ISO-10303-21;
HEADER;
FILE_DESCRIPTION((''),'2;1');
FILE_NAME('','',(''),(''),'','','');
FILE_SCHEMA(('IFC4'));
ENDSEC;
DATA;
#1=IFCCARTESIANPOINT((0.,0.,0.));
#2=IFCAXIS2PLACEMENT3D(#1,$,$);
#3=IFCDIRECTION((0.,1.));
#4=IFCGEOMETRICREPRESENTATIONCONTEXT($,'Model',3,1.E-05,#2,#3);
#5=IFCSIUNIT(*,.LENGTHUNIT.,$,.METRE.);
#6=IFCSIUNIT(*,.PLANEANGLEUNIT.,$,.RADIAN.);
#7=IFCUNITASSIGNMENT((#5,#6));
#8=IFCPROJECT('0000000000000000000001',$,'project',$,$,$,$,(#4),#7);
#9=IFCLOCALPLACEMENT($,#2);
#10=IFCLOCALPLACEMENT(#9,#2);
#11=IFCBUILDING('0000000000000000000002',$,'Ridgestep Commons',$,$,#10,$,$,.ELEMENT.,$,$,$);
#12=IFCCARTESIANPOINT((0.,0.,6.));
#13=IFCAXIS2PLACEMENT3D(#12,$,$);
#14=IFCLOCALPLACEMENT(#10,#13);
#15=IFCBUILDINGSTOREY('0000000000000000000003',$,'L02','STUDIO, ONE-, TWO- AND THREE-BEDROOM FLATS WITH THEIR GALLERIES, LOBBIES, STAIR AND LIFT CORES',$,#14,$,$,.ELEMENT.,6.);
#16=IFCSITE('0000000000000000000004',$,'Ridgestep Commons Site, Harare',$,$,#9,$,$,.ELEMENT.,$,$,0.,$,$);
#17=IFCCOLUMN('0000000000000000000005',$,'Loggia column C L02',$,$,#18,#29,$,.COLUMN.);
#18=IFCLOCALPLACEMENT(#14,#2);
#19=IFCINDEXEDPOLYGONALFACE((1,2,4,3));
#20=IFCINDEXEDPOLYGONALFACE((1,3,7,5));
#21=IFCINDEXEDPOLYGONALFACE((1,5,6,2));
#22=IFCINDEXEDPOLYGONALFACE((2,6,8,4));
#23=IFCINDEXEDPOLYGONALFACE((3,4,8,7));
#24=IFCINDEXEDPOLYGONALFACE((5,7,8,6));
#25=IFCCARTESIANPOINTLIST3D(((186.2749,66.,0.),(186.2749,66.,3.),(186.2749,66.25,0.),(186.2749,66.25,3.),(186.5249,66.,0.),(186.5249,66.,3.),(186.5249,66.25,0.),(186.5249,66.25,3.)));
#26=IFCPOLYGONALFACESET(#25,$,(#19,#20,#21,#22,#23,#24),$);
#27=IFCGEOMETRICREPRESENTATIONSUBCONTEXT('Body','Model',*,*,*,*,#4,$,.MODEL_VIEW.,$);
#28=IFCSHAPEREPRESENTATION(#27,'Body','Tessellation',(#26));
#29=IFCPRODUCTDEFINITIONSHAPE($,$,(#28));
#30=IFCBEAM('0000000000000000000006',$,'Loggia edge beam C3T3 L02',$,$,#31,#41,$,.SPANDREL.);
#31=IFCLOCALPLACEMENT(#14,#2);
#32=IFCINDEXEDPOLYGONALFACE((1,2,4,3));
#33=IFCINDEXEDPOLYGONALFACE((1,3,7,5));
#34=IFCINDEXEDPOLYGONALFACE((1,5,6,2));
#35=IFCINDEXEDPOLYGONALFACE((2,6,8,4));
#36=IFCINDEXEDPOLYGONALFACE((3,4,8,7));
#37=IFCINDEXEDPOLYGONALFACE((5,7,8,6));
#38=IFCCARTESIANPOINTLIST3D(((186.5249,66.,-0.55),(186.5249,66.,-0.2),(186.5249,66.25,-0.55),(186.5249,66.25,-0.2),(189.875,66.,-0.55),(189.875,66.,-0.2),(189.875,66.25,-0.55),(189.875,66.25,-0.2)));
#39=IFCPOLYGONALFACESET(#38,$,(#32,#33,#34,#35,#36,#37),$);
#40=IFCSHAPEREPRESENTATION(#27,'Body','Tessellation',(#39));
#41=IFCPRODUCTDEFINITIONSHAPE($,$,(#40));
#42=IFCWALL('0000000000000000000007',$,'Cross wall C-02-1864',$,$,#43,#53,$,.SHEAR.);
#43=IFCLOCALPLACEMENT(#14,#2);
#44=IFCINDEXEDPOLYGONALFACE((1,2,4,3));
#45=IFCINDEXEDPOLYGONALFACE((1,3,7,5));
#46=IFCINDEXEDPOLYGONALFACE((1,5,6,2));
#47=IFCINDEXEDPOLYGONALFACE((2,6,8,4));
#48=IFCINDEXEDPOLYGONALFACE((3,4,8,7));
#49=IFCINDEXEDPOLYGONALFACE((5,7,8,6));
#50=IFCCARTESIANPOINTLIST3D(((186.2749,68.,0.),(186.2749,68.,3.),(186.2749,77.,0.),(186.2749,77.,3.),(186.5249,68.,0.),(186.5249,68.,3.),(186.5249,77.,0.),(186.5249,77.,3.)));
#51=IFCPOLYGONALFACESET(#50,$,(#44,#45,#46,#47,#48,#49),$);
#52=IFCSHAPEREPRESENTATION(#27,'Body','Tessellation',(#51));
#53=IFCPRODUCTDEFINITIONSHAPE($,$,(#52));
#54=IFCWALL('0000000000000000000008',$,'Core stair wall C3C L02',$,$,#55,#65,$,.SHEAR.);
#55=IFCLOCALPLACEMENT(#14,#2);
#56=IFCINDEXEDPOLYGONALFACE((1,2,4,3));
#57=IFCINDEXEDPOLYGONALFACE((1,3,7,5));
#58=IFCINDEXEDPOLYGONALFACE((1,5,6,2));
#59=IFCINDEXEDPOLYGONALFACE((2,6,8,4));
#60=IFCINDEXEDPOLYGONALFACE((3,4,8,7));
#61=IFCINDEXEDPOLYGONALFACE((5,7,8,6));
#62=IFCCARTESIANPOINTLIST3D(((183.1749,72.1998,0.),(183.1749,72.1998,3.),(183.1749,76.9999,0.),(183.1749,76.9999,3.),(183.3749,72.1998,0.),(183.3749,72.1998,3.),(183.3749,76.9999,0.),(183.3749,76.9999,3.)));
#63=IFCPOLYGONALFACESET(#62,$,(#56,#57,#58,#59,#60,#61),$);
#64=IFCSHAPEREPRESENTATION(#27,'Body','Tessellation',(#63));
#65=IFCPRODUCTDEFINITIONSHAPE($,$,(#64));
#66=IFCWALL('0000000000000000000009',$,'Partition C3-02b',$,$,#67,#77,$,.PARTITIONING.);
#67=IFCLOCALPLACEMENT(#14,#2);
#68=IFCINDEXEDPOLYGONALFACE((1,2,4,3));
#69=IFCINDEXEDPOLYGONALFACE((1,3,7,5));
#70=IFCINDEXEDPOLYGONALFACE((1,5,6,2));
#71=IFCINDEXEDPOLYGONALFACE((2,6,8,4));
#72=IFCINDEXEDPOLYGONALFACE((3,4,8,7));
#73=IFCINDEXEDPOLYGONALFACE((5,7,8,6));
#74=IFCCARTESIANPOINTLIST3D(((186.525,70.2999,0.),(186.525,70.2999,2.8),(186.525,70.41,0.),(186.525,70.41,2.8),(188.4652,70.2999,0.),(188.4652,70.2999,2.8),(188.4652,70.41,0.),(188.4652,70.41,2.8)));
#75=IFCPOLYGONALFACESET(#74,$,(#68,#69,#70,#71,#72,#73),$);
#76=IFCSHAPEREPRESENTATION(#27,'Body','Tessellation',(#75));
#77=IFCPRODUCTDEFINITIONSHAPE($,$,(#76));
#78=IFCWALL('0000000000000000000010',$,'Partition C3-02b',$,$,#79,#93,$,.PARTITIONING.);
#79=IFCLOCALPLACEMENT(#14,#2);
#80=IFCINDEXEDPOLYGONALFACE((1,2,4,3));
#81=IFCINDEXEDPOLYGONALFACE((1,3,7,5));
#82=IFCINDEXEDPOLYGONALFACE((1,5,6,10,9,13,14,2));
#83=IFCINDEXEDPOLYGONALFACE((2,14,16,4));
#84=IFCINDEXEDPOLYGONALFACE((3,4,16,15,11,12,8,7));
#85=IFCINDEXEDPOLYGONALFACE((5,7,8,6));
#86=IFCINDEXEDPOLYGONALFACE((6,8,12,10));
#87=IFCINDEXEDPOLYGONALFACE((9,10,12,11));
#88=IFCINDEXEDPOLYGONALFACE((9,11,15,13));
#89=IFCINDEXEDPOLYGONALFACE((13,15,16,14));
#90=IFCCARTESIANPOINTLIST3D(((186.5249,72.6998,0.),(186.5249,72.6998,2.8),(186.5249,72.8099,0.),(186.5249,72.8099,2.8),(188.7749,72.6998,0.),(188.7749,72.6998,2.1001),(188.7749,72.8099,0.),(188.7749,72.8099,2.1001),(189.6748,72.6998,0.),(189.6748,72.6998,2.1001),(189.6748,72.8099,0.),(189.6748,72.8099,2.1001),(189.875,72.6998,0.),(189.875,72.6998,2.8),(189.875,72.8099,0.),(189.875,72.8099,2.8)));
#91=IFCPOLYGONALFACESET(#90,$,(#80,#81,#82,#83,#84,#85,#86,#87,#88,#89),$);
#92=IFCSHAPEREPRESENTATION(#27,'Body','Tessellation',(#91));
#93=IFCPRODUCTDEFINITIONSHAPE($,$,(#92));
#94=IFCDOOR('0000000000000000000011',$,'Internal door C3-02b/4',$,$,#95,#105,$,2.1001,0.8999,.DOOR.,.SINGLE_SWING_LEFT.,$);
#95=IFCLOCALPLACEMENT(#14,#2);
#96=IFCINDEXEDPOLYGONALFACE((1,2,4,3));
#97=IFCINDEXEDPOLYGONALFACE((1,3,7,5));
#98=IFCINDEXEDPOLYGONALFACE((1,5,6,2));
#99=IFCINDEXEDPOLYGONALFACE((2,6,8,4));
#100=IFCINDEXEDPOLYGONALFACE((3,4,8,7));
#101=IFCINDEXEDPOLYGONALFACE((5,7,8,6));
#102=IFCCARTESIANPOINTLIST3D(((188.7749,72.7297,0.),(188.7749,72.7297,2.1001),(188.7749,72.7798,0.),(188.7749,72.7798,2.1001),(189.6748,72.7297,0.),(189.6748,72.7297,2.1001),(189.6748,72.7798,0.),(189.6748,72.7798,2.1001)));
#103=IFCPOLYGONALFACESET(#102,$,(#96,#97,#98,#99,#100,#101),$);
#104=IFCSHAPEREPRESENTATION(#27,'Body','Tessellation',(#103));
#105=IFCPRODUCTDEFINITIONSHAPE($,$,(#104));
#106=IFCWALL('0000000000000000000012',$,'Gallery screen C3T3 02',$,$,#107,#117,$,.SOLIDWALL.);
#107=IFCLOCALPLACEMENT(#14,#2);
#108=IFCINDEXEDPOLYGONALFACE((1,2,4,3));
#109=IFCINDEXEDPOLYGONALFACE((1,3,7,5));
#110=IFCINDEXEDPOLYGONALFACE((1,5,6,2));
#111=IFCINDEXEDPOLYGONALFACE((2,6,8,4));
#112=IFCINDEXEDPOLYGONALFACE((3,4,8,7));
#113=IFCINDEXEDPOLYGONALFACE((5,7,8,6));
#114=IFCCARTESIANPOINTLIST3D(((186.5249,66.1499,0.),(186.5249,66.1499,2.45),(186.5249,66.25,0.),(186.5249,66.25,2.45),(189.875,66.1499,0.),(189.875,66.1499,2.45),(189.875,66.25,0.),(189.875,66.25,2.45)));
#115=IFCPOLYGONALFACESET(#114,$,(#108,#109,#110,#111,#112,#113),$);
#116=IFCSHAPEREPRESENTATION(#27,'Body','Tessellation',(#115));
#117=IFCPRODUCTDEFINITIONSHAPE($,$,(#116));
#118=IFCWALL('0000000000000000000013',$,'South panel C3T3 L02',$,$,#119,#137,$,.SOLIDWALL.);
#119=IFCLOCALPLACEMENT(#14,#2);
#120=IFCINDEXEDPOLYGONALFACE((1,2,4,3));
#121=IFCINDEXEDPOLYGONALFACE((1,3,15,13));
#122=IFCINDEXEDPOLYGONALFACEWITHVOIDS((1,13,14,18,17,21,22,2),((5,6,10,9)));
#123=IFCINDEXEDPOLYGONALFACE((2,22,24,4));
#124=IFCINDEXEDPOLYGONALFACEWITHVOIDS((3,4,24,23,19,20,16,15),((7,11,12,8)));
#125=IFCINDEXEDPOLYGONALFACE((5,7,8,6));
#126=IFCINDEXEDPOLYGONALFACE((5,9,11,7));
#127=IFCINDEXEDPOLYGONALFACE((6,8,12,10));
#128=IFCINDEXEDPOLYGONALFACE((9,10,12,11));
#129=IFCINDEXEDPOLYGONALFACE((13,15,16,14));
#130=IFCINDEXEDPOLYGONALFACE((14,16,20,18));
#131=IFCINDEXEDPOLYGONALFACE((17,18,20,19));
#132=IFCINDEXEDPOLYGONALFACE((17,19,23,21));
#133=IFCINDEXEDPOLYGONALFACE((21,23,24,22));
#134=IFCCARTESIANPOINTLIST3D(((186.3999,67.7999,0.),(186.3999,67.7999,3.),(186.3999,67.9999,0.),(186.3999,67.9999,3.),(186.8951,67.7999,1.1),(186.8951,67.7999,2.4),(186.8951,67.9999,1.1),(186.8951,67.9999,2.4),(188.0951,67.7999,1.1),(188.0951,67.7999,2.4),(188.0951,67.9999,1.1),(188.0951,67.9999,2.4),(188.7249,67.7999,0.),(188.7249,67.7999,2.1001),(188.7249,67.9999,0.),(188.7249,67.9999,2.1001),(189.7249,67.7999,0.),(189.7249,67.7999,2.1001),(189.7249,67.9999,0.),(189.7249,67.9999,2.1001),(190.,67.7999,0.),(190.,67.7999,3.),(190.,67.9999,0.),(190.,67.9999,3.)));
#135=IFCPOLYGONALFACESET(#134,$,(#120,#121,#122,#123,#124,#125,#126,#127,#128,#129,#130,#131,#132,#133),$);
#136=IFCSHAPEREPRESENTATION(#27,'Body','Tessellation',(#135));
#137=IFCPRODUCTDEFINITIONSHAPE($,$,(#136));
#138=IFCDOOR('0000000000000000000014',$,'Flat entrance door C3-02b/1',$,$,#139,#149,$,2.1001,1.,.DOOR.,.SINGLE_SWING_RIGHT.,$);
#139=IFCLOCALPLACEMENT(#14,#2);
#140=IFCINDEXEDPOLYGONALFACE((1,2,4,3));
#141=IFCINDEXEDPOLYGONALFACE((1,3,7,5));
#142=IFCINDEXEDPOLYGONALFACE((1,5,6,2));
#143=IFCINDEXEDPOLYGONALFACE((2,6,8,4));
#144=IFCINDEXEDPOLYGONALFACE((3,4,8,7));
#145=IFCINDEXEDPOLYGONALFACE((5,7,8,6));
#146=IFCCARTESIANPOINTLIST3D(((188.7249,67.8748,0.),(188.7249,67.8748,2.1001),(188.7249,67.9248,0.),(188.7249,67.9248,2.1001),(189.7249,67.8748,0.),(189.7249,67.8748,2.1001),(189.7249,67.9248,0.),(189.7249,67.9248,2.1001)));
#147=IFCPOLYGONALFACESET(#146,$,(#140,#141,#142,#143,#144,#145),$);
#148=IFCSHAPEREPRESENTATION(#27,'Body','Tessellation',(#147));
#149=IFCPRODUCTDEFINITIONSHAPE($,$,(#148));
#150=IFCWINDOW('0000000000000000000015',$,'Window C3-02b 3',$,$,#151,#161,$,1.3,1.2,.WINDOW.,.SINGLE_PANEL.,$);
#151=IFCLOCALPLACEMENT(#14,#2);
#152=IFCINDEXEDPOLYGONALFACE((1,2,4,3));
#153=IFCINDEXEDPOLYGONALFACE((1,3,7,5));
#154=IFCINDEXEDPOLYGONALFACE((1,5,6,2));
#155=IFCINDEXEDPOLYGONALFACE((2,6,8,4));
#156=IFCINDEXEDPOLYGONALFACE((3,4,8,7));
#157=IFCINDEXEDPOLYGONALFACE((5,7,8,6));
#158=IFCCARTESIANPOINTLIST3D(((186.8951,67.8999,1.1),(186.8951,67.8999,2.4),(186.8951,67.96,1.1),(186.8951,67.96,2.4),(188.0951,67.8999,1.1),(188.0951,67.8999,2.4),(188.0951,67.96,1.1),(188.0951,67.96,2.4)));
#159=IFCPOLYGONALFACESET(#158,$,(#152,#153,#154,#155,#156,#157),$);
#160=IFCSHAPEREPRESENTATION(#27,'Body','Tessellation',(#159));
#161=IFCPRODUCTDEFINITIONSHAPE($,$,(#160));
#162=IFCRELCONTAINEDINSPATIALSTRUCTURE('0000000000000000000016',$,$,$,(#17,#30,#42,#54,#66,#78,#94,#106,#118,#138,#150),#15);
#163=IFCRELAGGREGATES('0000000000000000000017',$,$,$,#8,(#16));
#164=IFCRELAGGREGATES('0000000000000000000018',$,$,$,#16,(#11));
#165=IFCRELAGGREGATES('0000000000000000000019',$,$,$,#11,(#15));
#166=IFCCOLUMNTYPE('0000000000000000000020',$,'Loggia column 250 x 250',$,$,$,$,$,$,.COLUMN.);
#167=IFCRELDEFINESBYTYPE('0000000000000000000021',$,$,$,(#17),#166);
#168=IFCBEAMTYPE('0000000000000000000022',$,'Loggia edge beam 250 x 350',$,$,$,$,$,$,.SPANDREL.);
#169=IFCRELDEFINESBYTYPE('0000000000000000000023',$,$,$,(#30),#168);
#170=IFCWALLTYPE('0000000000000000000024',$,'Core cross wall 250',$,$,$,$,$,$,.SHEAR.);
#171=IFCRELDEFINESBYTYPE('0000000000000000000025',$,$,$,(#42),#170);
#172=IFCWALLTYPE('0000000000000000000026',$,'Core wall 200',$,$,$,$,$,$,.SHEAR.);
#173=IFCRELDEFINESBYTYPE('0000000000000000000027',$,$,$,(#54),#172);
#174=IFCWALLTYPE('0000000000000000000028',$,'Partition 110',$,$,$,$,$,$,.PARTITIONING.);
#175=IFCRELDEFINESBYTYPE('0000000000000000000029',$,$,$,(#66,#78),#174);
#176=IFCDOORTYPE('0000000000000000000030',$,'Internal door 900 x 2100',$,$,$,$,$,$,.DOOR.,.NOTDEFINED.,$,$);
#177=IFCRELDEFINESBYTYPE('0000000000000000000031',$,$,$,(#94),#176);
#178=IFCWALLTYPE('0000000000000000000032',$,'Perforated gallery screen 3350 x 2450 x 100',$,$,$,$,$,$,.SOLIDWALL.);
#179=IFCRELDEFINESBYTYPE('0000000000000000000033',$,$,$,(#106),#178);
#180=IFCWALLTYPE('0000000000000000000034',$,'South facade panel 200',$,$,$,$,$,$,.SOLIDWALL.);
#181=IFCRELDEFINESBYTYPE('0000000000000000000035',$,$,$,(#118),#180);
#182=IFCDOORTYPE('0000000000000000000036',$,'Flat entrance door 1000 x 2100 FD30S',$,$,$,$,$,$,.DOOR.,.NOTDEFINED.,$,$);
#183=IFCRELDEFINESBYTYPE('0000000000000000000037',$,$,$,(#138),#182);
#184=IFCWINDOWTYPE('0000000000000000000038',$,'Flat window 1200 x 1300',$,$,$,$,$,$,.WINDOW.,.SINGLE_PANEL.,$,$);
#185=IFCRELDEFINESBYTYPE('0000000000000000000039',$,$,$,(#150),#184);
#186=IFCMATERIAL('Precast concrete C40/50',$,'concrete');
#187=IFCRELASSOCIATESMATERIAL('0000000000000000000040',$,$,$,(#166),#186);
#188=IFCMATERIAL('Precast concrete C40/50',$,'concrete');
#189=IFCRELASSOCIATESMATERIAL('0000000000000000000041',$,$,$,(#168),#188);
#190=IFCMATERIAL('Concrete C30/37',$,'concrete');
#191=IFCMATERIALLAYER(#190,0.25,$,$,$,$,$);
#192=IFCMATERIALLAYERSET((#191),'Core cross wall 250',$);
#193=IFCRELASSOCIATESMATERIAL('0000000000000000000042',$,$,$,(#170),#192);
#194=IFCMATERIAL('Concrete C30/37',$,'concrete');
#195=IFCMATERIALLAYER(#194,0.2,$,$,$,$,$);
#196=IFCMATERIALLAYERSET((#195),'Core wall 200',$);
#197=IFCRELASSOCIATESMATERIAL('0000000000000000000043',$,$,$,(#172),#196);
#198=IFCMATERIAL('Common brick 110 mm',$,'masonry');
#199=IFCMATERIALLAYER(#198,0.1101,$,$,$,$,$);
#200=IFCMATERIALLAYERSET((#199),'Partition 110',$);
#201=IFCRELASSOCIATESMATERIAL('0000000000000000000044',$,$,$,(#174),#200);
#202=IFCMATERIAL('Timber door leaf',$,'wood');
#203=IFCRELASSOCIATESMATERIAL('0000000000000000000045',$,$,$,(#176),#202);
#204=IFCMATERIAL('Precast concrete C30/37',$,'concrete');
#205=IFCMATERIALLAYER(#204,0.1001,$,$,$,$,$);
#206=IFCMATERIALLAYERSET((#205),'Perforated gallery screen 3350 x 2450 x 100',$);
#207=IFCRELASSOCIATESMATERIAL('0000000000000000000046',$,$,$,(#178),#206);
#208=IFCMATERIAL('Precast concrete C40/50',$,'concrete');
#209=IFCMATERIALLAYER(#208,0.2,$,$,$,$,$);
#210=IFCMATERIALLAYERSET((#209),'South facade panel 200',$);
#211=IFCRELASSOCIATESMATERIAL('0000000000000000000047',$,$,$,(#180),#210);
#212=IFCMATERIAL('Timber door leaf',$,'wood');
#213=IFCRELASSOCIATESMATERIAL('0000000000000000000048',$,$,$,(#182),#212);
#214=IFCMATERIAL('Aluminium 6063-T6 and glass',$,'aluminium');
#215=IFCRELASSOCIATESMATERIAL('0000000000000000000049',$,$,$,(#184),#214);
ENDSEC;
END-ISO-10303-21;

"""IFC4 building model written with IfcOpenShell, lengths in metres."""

from ifc_helpers import new_model, si_unit, direction, frame, frame_2d, origin, origin_2d, place, context, subcontext, project, spatial, rectangle, extrude, material, layer, layer_set, material_profile, profile_set, type_object, element, fill, save


model = new_model("IFC4")

# Units and contexts
model_context = context("Model", 3, precision=1e-05, world=origin(), true_north=direction((0.0, 1.0)))
body_context = subcontext(model_context, "Body", "Model", "MODEL_VIEW")
ifc_project = project(units=[si_unit("LENGTHUNIT", "METRE"), si_unit("PLANEANGLEUNIT", "RADIAN")], contexts=[model_context])

# Site, building, storey
site_placement = place(None, origin())
site = spatial("IfcSite", under=ifc_project, at=site_placement, Name="Ridgestep Commons Site, Harare", CompositionType="ELEMENT", RefElevation=0.0)
building_placement = place(site_placement, origin())
building = spatial("IfcBuilding", under=site, at=building_placement, Name="Ridgestep Commons", CompositionType="ELEMENT")
storey_placement = place(building_placement, frame((0.0, 0.0, 6.0)))
storey = spatial("IfcBuildingStorey", under=building, at=storey_placement, Name="L02", Description="STUDIO, ONE-, TWO- AND THREE-BEDROOM FLATS WITH THEIR GALLERIES, LOBBIES, STAIR AND LIFT CORES", CompositionType="ELEMENT", Elevation=6.0)

# Column
ifc_material_1 = material(Name="Precast concrete C40/50", Category="concrete")
ifc_material_profile_1 = material_profile(ifc_material_1, rectangle(XDim=0.25, YDim=0.25, at=origin_2d()), Name="PC 250x250")
ifc_profile_set_1 = profile_set([ifc_material_profile_1], Name="Precast concrete C40/50")
column_type = type_object("IfcColumnType", Name="Loggia column 250 x 250", PredefinedType="COLUMN", material=ifc_profile_set_1)
column_placement = place(storey_placement, frame((186.3999, 66.125, 0.0), z_axis=(0.0, 0.0, 1.0), x_axis=(1.0, 0.0, 0.0)))
element("IfcColumn", 1, at=column_placement, inside=storey, type_object=column_type, Name="Loggia column C L02", PredefinedType="COLUMN", context=body_context, shape_type="SweptSolid", body=[
    extrude(rectangle(XDim=0.25, YDim=0.25, at=origin_2d()), origin(), (0.0, 0.0, 1.0), 3.0),
])

# Beam
ifc_material_2 = material(Name="Precast concrete C40/50", Category="concrete")
ifc_material_profile_2 = material_profile(ifc_material_2, rectangle(XDim=0.25, YDim=0.3501, at=origin_2d()), Name="PC 250x350")
ifc_profile_set_2 = profile_set([ifc_material_profile_2], Name="Precast concrete C40/50")
beam_type = type_object("IfcBeamType", Name="Loggia edge beam 250 x 350", PredefinedType="SPANDREL", material=ifc_profile_set_2)
beam_placement = place(storey_placement, frame((186.5249, 66.125, -0.375), z_axis=(1.0, 0.0, 0.0), x_axis=(0.0, 1.0, 0.0)))
element("IfcBeam", 2, at=beam_placement, inside=storey, type_object=beam_type, Name="Loggia edge beam C3T3 L02", PredefinedType="SPANDREL", context=body_context, shape_type="SweptSolid", body=[
    extrude(rectangle(XDim=0.25, YDim=0.3501, at=origin_2d()), origin(), (0.0, 0.0, 1.0), 3.3501),
])

# Walls
ifc_material_3 = material(Name="Concrete C30/37", Category="concrete")
ifc_layer_1 = layer(ifc_material_3, 0.25)
ifc_layer_set_1 = layer_set([ifc_layer_1], Name="Core cross wall 250")
wall_type_1 = type_object("IfcWallType", Name="Core cross wall 250", PredefinedType="SHEAR", material=ifc_layer_set_1)
wall_1_placement = place(storey_placement, frame((186.3999, 68.0, 0.0), z_axis=(0.0, 0.0, 1.0), x_axis=(0.0, 1.0, 0.0)))
element("IfcWall", 3, at=wall_1_placement, inside=storey, type_object=wall_type_1, Name="Cross wall C-02-1864", PredefinedType="SHEAR", context=body_context, shape_type="SweptSolid", body=[
    extrude(rectangle(XDim=9.0, YDim=0.25, at=frame_2d((4.5, 0.0))), origin(), (0.0, 0.0, 1.0), 3.0),
])
ifc_material_4 = material(Name="Concrete C30/37", Category="concrete")
ifc_layer_2 = layer(ifc_material_4, 0.2)
ifc_layer_set_2 = layer_set([ifc_layer_2], Name="Core wall 200")
wall_type_2 = type_object("IfcWallType", Name="Core wall 200", PredefinedType="SHEAR", material=ifc_layer_set_2)
wall_2_placement = place(storey_placement, frame((183.2749, 72.2, 0.0), z_axis=(0.0, 0.0, 1.0), x_axis=(0.0, 1.0, 0.0)))
element("IfcWall", 4, at=wall_2_placement, inside=storey, type_object=wall_type_2, Name="Core stair wall C3C L02", PredefinedType="SHEAR", context=body_context, shape_type="SweptSolid", body=[
    extrude(rectangle(XDim=4.8, YDim=0.2, at=frame_2d((2.3999, 0.0))), origin(), (0.0, 0.0, 1.0), 3.0),
])
ifc_material_5 = material(Name="Common brick 110 mm", Category="masonry")
ifc_layer_3 = layer(ifc_material_5, 0.1101)
ifc_layer_set_3 = layer_set([ifc_layer_3], Name="Partition 110")
wall_type_3 = type_object("IfcWallType", Name="Partition 110", PredefinedType="PARTITIONING", material=ifc_layer_set_3)
wall_3_placement = place(storey_placement, frame((186.5249, 70.355, 0.0), z_axis=(0.0, 0.0, 1.0), x_axis=(1.0, 0.0, 0.0)))
element("IfcWall", 5, at=wall_3_placement, inside=storey, type_object=wall_type_3, Name="Partition C3-02b", PredefinedType="PARTITIONING", context=body_context, shape_type="SweptSolid", body=[
    extrude(rectangle(XDim=1.9402, YDim=0.1101, at=frame_2d((0.9702, 0.0))), origin(), (0.0, 0.0, 1.0), 2.8),
])

# Wall, opening, door
wall_4_placement = place(storey_placement, frame((186.5249, 72.7549, 0.0), z_axis=(0.0, 0.0, 1.0), x_axis=(1.0, 0.0, 0.0)))
wall_4 = element("IfcWall", 6, at=wall_4_placement, inside=storey, type_object=wall_type_3, Name="Partition C3-02b", PredefinedType="PARTITIONING", context=body_context, shape_type="SweptSolid", body=[
    extrude(rectangle(XDim=3.3501, YDim=0.1101, at=frame_2d((1.675, 0.0))), origin(), (0.0, 0.0, 1.0), 2.8),
])
opening_1_placement = place(wall_4_placement, frame((2.25, 0.0, 0.0)))
opening_1 = element("IfcOpeningElement", 7, at=opening_1_placement, cuts=wall_4, PredefinedType="OPENING", context=body_context, shape_type="SweptSolid", body=[
    extrude(rectangle(XDim=0.8999, YDim=2.1001, at=frame_2d((0.45, 1.05))), frame((0.0, 0.0649, 0.0), z_axis=(0.0, -1.0, 0.0), x_axis=(1.0, 0.0, 0.0)), (0.0, 0.0, 1.0), 0.1301),
])
ifc_material_6 = material(Name="Timber door leaf", Category="wood")
door_type_1 = type_object("IfcDoorType", Name="Internal door 900 x 2100", OperationType="NOTDEFINED", PredefinedType="DOOR", material=ifc_material_6)
door_1_placement = place(opening_1_placement, origin())
door_1 = element("IfcDoor", 8, at=door_1_placement, inside=storey, type_object=door_type_1, Name="Internal door C3-02b/4", OperationType="SINGLE_SWING_LEFT", OverallHeight=2.1001, OverallWidth=0.8999, PredefinedType="DOOR", context=body_context, shape_type="SweptSolid", body=[
    extrude(rectangle(XDim=0.8999, YDim=2.1001, at=frame_2d((0.45, 1.05))), frame((0.0, 0.0249, 0.0), z_axis=(0.0, -1.0, 0.0), x_axis=(1.0, 0.0, 0.0)), (0.0, 0.0, 1.0), 0.05),
])
fill(opening_1, door_1)

# Wall
ifc_material_7 = material(Name="Precast concrete C30/37", Category="concrete")
ifc_layer_4 = layer(ifc_material_7, 0.1001)
ifc_layer_set_4 = layer_set([ifc_layer_4], Name="Perforated gallery screen 3350 x 2450 x 100")
wall_type_4 = type_object("IfcWallType", Name="Perforated gallery screen 3350 x 2450 x 100", PredefinedType="SOLIDWALL", material=ifc_layer_set_4)
wall_5_placement = place(storey_placement, frame((186.5249, 66.2, 0.0), z_axis=(0.0, 0.0, 1.0), x_axis=(1.0, 0.0, 0.0)))
element("IfcWall", 9, at=wall_5_placement, inside=storey, type_object=wall_type_4, Name="Gallery screen C3T3 02", PredefinedType="SOLIDWALL", context=body_context, shape_type="SweptSolid", body=[
    extrude(rectangle(XDim=3.3501, YDim=0.1001, at=frame_2d((1.675, 0.0))), origin(), (0.0, 0.0, 1.0), 2.45),
])

# Wall, openings, door, window
ifc_material_8 = material(Name="Precast concrete C40/50", Category="concrete")
ifc_layer_5 = layer(ifc_material_8, 0.2)
ifc_layer_set_5 = layer_set([ifc_layer_5], Name="South facade panel 200")
wall_type_5 = type_object("IfcWallType", Name="South facade panel 200", PredefinedType="SOLIDWALL", material=ifc_layer_set_5)
wall_6_placement = place(storey_placement, frame((186.3999, 67.8999, 0.0), z_axis=(0.0, 0.0, 1.0), x_axis=(1.0, 0.0, 0.0)))
wall_6 = element("IfcWall", 10, at=wall_6_placement, inside=storey, type_object=wall_type_5, Name="South panel C3T3 L02", PredefinedType="SOLIDWALL", context=body_context, shape_type="SweptSolid", body=[
    extrude(rectangle(XDim=3.6001, YDim=0.2, at=frame_2d((1.8, 0.0))), origin(), (0.0, 0.0, 1.0), 3.0),
])
opening_2_placement = place(wall_6_placement, frame((0.4951, 0.0, 1.1001)))
opening_2 = element("IfcOpeningElement", 11, at=opening_2_placement, cuts=wall_6, PredefinedType="OPENING", context=body_context, shape_type="SweptSolid", body=[
    extrude(rectangle(XDim=1.2, YDim=1.3, at=frame_2d((0.6001, 0.6499))), frame((0.0, 0.1099, 0.0), z_axis=(0.0, -1.0, 0.0), x_axis=(1.0, 0.0, 0.0)), (0.0, 0.0, 1.0), 0.22),
])
opening_3_placement = place(wall_6_placement, frame((2.325, 0.0, 0.0)))
opening_3 = element("IfcOpeningElement", 12, at=opening_3_placement, cuts=wall_6, PredefinedType="OPENING", context=body_context, shape_type="SweptSolid", body=[
    extrude(rectangle(XDim=1.0, YDim=2.1001, at=frame_2d((0.5, 1.05))), frame((0.0, 0.1099, 0.0), z_axis=(0.0, -1.0, 0.0), x_axis=(1.0, 0.0, 0.0)), (0.0, 0.0, 1.0), 0.22),
])
ifc_material_9 = material(Name="Timber door leaf", Category="wood")
door_type_2 = type_object("IfcDoorType", Name="Flat entrance door 1000 x 2100 FD30S", OperationType="NOTDEFINED", PredefinedType="DOOR", material=ifc_material_9)
door_2_placement = place(opening_3_placement, origin())
door_2 = element("IfcDoor", 13, at=door_2_placement, inside=storey, type_object=door_type_2, Name="Flat entrance door C3-02b/1", OperationType="SINGLE_SWING_RIGHT", OverallHeight=2.1001, OverallWidth=1.0, PredefinedType="DOOR", context=body_context, shape_type="SweptSolid", body=[
    extrude(rectangle(XDim=1.0, YDim=2.1001, at=frame_2d((0.5, 1.05))), frame((0.0, 0.0249, 0.0), z_axis=(0.0, -1.0, 0.0), x_axis=(1.0, 0.0, 0.0)), (0.0, 0.0, 1.0), 0.05),
])
fill(opening_3, door_2)
ifc_material_10 = material(Name="Aluminium 6063-T6 and glass", Category="aluminium")
window_type = type_object("IfcWindowType", Name="Flat window 1200 x 1300", PartitioningType="SINGLE_PANEL", PredefinedType="WINDOW", material=ifc_material_10)
window_placement = place(opening_2_placement, origin())
window = element("IfcWindow", 14, at=window_placement, inside=storey, type_object=window_type, Name="Window C3-02b 3", OverallHeight=1.3, OverallWidth=1.2, PartitioningType="SINGLE_PANEL", PredefinedType="WINDOW", context=body_context, shape_type="SweptSolid", body=[
    extrude(rectangle(XDim=1.2, YDim=1.3, at=frame_2d((0.6001, 0.6499))), frame((0.0, 0.0601, 0.0), z_axis=(0.0, -1.0, 0.0), x_axis=(1.0, 0.0, 0.0)), (0.0, 0.0, 1.0), 0.0601),
])
fill(opening_2, window)

save(model, "model.ifc")
